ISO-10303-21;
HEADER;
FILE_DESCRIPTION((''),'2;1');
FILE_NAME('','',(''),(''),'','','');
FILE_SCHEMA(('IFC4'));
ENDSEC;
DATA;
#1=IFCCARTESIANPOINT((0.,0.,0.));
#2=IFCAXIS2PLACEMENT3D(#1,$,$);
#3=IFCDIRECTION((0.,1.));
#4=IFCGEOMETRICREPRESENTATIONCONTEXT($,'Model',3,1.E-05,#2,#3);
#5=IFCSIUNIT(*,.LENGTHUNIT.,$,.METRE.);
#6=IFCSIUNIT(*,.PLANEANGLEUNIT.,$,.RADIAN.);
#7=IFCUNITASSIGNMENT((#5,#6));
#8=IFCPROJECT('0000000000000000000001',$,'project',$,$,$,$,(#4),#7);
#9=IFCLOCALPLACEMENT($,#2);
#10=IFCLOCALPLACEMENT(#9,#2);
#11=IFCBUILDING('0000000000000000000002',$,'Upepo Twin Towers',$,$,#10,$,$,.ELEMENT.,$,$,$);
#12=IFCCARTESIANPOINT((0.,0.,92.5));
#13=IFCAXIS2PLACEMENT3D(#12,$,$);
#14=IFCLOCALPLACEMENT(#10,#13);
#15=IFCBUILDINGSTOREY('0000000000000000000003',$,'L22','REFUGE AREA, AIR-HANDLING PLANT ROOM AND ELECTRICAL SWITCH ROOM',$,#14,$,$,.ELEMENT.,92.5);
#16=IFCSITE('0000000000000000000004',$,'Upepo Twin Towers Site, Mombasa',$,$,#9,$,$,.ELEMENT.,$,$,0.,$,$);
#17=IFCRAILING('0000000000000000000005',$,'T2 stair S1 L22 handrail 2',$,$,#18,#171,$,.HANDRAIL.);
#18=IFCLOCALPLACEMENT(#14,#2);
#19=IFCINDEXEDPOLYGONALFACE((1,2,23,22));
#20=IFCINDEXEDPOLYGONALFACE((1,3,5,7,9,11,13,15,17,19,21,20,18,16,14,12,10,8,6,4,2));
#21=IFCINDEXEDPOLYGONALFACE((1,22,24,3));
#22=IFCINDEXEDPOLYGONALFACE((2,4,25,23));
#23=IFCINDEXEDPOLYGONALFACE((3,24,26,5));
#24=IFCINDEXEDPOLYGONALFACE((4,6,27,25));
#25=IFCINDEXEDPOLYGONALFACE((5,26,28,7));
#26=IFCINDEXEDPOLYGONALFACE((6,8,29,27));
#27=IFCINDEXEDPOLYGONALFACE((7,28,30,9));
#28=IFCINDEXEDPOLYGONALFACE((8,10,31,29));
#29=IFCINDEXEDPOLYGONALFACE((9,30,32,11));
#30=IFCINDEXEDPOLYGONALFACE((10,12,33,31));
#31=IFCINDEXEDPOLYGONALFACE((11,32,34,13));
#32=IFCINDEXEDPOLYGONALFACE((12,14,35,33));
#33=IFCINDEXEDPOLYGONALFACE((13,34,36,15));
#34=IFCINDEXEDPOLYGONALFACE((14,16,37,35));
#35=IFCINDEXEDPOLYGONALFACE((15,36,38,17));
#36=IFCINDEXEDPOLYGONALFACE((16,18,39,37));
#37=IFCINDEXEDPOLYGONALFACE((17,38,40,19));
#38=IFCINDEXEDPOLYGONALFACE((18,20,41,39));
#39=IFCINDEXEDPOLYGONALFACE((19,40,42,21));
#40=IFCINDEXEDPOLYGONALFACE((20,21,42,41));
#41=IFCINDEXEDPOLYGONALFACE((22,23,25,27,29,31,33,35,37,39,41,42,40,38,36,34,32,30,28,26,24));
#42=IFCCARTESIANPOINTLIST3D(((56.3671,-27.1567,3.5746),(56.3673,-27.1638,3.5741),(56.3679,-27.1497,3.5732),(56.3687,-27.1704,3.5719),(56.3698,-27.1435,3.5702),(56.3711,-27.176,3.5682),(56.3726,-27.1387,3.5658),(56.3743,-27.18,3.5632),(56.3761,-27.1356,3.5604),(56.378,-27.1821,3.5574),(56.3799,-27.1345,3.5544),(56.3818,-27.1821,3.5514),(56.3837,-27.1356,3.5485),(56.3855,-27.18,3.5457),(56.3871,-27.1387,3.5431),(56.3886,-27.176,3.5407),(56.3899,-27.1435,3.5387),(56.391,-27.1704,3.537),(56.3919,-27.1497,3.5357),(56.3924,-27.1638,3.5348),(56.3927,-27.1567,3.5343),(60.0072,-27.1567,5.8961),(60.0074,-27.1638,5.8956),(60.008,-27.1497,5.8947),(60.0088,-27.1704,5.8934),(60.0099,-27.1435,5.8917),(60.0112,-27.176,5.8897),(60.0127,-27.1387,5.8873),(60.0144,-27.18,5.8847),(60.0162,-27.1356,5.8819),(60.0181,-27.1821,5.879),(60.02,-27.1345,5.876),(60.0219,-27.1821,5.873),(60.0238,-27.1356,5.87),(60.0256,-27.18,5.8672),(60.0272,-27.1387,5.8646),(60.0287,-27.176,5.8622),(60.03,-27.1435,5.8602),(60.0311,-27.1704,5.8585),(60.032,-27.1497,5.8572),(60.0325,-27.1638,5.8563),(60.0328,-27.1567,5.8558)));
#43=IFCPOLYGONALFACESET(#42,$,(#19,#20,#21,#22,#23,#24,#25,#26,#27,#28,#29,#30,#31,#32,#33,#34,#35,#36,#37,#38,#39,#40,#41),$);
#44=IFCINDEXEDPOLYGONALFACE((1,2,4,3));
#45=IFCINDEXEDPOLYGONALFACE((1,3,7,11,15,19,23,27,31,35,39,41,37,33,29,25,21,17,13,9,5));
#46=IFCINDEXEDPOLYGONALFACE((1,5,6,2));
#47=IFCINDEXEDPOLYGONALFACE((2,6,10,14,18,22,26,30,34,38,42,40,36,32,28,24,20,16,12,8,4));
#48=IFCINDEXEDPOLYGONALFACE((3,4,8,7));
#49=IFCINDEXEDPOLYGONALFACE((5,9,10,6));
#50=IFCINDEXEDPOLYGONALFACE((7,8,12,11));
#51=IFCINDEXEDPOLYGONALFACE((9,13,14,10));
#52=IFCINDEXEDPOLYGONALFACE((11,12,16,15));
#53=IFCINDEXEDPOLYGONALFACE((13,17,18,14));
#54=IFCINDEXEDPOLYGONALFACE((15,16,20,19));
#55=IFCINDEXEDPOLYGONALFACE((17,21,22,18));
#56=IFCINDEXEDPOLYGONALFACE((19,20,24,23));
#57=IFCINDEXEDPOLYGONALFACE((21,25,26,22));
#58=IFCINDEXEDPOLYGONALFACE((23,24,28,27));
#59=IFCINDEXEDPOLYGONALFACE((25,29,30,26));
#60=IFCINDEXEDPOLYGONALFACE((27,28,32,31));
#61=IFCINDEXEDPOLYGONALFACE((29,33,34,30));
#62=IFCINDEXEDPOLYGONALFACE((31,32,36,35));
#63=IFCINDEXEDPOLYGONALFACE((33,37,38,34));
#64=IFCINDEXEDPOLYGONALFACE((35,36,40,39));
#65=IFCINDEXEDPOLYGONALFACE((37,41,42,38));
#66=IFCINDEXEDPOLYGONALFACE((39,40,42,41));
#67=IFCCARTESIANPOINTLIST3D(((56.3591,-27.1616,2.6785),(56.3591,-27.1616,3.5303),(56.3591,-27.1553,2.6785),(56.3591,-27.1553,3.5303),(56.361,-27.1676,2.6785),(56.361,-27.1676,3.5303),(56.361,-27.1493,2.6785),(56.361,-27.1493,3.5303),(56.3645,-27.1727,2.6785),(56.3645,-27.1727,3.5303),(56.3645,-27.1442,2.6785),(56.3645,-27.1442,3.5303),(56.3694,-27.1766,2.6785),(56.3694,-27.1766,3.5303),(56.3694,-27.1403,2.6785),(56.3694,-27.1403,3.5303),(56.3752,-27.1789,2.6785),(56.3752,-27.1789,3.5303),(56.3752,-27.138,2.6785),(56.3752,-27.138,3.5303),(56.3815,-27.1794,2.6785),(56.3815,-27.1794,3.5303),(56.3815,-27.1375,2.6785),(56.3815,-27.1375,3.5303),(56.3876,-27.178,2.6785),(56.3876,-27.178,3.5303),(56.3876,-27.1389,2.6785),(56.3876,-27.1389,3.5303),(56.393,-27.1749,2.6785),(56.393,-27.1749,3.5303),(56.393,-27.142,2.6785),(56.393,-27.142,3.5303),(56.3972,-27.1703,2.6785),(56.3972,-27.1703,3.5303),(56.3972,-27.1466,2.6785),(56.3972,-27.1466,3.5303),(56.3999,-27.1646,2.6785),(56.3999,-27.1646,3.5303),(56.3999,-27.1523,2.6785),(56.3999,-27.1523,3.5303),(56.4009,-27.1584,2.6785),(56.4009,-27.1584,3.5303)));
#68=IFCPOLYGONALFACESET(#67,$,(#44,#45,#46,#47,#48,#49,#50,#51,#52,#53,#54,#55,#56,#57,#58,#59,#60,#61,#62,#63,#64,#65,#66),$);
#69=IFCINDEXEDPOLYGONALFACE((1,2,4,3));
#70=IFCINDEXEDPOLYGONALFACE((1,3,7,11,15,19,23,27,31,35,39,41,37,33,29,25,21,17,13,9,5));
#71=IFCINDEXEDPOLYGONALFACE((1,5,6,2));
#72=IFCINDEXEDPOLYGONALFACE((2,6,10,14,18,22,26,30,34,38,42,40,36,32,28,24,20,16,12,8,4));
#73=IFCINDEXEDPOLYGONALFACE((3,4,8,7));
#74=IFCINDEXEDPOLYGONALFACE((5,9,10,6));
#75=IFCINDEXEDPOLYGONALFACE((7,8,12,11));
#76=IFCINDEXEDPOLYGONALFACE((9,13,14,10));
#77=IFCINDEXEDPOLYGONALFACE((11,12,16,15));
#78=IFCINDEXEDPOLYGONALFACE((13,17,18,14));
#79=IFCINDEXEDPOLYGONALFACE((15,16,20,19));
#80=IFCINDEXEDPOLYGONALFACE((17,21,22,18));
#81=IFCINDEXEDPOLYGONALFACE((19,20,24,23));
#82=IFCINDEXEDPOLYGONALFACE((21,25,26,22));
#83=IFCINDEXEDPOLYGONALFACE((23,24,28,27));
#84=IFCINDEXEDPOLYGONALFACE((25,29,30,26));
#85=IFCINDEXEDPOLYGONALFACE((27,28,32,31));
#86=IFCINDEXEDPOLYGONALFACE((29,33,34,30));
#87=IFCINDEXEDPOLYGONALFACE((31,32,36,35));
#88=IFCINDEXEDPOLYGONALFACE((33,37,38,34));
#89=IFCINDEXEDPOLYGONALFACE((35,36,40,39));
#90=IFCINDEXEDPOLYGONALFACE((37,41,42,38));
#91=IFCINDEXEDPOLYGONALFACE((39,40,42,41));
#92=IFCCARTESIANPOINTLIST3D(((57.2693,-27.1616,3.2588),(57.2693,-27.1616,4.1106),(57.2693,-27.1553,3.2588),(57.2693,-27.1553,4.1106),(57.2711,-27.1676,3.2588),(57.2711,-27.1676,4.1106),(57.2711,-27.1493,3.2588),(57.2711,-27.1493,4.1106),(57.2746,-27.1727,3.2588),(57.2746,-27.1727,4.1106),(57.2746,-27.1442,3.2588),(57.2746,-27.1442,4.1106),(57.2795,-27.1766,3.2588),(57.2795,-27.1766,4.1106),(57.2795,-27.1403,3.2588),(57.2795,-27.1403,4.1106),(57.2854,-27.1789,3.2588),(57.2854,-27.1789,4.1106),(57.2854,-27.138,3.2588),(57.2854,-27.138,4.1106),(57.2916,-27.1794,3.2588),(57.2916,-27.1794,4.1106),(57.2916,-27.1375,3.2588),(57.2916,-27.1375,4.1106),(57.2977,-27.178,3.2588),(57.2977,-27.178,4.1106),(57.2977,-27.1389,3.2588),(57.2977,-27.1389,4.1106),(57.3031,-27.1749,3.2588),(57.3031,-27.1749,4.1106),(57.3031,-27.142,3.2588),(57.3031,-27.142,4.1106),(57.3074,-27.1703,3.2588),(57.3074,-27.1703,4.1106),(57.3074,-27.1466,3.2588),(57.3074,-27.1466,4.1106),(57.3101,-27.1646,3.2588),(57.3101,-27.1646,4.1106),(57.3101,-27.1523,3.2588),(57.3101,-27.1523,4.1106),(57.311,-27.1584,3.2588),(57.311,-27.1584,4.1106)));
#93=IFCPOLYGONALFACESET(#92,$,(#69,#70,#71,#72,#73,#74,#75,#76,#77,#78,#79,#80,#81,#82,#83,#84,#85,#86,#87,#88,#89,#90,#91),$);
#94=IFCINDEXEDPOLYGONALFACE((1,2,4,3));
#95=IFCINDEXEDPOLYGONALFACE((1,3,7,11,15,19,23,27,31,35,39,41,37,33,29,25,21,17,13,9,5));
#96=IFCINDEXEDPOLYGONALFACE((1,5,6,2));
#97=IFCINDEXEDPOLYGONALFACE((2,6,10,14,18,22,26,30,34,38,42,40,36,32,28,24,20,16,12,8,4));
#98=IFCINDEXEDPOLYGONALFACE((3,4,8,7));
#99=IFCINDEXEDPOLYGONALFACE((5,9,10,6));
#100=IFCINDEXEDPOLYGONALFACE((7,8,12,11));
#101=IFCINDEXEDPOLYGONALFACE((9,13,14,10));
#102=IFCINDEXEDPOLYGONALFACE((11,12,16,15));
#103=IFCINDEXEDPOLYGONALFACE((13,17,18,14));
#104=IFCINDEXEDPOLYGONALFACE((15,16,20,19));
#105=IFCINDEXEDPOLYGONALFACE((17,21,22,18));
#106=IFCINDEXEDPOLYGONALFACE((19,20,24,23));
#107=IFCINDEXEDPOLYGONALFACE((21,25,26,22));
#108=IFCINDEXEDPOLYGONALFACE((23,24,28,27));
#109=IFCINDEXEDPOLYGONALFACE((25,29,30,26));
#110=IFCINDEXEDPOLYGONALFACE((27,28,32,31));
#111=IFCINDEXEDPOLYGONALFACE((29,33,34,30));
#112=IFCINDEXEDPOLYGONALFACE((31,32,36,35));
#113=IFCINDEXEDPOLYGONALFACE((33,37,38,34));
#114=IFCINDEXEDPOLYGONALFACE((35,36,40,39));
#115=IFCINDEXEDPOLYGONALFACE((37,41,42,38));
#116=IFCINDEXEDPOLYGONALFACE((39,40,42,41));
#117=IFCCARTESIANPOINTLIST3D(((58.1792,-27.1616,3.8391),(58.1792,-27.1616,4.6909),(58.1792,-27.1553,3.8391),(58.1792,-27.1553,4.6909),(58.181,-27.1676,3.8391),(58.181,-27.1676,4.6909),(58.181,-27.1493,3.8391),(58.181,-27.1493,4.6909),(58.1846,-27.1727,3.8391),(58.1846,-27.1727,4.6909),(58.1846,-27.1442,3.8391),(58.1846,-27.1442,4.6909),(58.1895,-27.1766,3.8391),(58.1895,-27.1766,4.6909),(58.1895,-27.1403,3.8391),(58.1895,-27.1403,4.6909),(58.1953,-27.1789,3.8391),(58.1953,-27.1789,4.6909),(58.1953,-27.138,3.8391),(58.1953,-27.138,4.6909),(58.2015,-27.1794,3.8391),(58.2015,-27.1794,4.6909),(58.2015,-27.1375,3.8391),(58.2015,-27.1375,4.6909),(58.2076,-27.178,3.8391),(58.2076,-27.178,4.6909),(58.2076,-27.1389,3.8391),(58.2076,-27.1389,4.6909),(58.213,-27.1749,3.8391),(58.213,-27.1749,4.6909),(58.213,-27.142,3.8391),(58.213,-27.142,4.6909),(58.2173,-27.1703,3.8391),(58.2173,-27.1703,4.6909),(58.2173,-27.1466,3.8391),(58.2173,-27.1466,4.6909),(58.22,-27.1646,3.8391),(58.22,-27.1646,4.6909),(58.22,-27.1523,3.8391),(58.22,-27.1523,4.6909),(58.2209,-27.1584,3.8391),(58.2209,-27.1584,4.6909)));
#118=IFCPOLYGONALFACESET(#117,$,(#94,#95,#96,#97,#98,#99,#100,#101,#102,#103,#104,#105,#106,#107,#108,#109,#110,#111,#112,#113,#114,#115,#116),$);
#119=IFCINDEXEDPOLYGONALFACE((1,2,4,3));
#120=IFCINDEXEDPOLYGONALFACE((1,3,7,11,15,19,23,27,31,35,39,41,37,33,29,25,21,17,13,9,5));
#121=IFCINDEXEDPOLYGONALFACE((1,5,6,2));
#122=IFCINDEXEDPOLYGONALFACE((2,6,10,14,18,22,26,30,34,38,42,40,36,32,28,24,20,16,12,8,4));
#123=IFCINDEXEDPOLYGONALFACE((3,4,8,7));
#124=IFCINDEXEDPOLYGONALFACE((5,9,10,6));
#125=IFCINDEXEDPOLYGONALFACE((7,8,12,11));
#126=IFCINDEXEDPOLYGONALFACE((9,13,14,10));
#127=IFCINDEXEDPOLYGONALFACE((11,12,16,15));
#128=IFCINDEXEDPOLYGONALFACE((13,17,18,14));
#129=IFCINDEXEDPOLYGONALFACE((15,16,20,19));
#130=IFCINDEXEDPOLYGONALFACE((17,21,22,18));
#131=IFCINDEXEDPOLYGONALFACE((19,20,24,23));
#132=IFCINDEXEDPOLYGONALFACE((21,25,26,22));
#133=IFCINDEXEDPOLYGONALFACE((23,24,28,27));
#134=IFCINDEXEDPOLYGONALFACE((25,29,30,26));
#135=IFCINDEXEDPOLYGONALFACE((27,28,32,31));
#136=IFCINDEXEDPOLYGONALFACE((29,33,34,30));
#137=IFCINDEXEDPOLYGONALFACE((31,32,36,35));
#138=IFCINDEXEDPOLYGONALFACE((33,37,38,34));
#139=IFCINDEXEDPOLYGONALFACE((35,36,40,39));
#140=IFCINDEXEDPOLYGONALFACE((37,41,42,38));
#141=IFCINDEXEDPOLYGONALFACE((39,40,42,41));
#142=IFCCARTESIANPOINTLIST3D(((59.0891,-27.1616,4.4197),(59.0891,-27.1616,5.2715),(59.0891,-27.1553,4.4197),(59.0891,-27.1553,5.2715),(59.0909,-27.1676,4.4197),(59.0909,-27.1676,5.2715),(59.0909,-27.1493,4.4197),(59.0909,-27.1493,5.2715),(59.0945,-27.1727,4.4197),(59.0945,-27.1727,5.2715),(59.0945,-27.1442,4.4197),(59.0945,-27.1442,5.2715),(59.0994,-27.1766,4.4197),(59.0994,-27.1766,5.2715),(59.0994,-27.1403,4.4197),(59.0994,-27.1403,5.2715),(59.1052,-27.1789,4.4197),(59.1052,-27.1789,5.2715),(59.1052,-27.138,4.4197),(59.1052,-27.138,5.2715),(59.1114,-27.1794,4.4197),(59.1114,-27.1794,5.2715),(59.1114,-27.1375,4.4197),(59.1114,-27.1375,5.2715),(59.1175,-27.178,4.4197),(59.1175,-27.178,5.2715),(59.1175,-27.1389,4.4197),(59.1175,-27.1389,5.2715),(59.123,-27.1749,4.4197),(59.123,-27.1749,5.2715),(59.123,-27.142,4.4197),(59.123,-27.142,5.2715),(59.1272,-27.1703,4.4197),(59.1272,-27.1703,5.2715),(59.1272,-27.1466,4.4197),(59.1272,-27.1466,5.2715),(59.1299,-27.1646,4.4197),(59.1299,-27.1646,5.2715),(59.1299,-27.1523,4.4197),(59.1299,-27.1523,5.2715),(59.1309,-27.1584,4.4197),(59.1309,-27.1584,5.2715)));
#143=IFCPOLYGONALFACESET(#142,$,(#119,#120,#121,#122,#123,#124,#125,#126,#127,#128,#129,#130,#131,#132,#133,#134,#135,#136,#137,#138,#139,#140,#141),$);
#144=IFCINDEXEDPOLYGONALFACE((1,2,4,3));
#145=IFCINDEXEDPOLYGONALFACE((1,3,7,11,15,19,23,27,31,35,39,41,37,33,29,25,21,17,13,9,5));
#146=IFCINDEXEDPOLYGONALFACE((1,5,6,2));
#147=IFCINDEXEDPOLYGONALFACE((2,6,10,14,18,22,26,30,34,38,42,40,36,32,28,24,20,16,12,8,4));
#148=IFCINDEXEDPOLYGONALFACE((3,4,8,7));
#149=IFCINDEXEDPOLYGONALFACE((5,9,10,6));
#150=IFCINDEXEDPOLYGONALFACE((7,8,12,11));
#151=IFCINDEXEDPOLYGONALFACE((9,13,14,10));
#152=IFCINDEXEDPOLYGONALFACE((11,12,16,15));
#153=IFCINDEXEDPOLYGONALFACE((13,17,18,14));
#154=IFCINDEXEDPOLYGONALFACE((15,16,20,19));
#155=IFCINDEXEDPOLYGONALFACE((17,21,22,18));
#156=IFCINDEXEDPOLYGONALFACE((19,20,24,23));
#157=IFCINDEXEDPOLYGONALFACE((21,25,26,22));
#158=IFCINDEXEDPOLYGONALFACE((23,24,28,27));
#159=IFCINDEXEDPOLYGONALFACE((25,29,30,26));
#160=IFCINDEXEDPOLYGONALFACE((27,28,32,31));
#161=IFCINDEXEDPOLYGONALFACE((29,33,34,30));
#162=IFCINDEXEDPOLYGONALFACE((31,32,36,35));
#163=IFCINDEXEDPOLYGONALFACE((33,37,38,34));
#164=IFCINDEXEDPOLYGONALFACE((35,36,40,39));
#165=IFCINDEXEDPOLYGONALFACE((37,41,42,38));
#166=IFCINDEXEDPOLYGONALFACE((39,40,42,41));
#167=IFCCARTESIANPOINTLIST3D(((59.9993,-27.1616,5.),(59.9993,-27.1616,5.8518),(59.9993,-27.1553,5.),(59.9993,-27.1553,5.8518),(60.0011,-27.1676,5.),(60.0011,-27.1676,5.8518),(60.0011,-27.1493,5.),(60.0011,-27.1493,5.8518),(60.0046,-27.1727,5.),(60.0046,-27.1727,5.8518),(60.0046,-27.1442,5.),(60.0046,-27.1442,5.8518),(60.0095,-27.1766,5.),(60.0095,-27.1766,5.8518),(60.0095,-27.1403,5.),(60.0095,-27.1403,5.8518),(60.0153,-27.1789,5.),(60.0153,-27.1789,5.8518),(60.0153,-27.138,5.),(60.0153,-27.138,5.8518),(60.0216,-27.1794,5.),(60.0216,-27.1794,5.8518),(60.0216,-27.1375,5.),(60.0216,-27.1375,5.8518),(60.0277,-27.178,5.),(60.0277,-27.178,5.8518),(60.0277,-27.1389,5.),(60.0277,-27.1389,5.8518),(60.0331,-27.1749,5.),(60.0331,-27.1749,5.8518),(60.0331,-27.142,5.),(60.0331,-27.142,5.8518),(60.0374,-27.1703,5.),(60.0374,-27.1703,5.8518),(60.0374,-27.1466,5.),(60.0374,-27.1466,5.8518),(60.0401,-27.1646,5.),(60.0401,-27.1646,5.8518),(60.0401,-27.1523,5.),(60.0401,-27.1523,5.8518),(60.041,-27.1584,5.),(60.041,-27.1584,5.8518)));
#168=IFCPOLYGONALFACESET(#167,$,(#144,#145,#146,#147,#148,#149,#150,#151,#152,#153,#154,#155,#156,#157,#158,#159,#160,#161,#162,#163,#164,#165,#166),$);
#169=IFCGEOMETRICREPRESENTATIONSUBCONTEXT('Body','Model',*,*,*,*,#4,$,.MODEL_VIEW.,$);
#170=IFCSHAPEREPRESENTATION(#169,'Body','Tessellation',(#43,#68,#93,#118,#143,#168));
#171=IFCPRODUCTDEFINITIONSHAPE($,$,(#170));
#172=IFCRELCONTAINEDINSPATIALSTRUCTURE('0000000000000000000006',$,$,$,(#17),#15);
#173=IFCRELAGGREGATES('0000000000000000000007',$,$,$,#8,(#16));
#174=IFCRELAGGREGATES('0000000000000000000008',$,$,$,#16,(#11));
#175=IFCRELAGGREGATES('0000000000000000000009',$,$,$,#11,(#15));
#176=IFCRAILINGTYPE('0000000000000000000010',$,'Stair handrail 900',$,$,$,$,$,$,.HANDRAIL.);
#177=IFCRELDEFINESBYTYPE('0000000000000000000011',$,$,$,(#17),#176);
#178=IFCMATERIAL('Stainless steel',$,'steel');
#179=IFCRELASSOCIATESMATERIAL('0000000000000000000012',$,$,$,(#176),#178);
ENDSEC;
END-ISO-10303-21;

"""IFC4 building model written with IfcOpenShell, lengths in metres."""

from ifc_helpers import new_model, si_unit, direction, frame, origin, origin_2d, place, context, subcontext, project, spatial, circle, extrude, material, type_object, element, save


model = new_model("IFC4")

# Units and contexts
model_context = context("Model", 3, precision=1e-05, world=origin(), true_north=direction((0.0, 1.0)))
body_context = subcontext(model_context, "Body", "Model", "MODEL_VIEW")
ifc_project = project(units=[si_unit("LENGTHUNIT", "METRE"), si_unit("PLANEANGLEUNIT", "RADIAN")], contexts=[model_context])

# Site, building, storey
site_placement = place(None, origin())
site = spatial("IfcSite", under=ifc_project, at=site_placement, Name="Upepo Twin Towers Site, Mombasa", CompositionType="ELEMENT", RefElevation=0.0)
building_placement = place(site_placement, origin())
building = spatial("IfcBuilding", under=site, at=building_placement, Name="Upepo Twin Towers", CompositionType="ELEMENT")
storey_placement = place(building_placement, frame((0.0, 0.0, 92.5)))
storey = spatial("IfcBuildingStorey", under=building, at=storey_placement, Name="L22", Description="REFUGE AREA, AIR-HANDLING PLANT ROOM AND ELECTRICAL SWITCH ROOM", CompositionType="ELEMENT", Elevation=92.5)

# Railing
ifc_material_1 = material(Name="Stainless steel", Category="steel")
railing_type = type_object("IfcRailingType", Name="Stair handrail 900", PredefinedType="HANDRAIL", material=ifc_material_1)
railing_1_placement = place(storey_placement, frame((56.3799, -27.1584, 2.6785)))
element("IfcRailing", 1, at=railing_1_placement, inside=storey, type_object=railing_type, Name="T2 stair S1 L22 handrail 2", PredefinedType="HANDRAIL", context=body_context, shape_type="SweptSolid", body=[
    extrude(circle(Radius=0.0239, at=origin_2d()), frame((0.0, 0.0, 0.876), z_axis=(0.843128, 0.0, 0.537713), x_axis=(0.0, 1.0, 0.0)), (0.0, 0.0, 1.0), 4.3174),
    extrude(circle(Radius=0.021, at=origin_2d()), origin(), (0.0, 0.0, 1.0), 0.8518),
    extrude(circle(Radius=0.021, at=origin_2d()), frame((0.9102, 0.0, 0.5803)), (0.0, 0.0, 1.0), 0.8518),
    extrude(circle(Radius=0.021, at=origin_2d()), frame((1.8201, 0.0, 1.1606)), (0.0, 0.0, 1.0), 0.8518),
    extrude(circle(Radius=0.021, at=origin_2d()), frame((2.73, 0.0, 1.7412)), (0.0, 0.0, 1.0), 0.8518),
    extrude(circle(Radius=0.021, at=origin_2d()), frame((3.6401, 0.0, 2.3215)), (0.0, 0.0, 1.0), 0.8518),
])

save(model, "model.ifc")
